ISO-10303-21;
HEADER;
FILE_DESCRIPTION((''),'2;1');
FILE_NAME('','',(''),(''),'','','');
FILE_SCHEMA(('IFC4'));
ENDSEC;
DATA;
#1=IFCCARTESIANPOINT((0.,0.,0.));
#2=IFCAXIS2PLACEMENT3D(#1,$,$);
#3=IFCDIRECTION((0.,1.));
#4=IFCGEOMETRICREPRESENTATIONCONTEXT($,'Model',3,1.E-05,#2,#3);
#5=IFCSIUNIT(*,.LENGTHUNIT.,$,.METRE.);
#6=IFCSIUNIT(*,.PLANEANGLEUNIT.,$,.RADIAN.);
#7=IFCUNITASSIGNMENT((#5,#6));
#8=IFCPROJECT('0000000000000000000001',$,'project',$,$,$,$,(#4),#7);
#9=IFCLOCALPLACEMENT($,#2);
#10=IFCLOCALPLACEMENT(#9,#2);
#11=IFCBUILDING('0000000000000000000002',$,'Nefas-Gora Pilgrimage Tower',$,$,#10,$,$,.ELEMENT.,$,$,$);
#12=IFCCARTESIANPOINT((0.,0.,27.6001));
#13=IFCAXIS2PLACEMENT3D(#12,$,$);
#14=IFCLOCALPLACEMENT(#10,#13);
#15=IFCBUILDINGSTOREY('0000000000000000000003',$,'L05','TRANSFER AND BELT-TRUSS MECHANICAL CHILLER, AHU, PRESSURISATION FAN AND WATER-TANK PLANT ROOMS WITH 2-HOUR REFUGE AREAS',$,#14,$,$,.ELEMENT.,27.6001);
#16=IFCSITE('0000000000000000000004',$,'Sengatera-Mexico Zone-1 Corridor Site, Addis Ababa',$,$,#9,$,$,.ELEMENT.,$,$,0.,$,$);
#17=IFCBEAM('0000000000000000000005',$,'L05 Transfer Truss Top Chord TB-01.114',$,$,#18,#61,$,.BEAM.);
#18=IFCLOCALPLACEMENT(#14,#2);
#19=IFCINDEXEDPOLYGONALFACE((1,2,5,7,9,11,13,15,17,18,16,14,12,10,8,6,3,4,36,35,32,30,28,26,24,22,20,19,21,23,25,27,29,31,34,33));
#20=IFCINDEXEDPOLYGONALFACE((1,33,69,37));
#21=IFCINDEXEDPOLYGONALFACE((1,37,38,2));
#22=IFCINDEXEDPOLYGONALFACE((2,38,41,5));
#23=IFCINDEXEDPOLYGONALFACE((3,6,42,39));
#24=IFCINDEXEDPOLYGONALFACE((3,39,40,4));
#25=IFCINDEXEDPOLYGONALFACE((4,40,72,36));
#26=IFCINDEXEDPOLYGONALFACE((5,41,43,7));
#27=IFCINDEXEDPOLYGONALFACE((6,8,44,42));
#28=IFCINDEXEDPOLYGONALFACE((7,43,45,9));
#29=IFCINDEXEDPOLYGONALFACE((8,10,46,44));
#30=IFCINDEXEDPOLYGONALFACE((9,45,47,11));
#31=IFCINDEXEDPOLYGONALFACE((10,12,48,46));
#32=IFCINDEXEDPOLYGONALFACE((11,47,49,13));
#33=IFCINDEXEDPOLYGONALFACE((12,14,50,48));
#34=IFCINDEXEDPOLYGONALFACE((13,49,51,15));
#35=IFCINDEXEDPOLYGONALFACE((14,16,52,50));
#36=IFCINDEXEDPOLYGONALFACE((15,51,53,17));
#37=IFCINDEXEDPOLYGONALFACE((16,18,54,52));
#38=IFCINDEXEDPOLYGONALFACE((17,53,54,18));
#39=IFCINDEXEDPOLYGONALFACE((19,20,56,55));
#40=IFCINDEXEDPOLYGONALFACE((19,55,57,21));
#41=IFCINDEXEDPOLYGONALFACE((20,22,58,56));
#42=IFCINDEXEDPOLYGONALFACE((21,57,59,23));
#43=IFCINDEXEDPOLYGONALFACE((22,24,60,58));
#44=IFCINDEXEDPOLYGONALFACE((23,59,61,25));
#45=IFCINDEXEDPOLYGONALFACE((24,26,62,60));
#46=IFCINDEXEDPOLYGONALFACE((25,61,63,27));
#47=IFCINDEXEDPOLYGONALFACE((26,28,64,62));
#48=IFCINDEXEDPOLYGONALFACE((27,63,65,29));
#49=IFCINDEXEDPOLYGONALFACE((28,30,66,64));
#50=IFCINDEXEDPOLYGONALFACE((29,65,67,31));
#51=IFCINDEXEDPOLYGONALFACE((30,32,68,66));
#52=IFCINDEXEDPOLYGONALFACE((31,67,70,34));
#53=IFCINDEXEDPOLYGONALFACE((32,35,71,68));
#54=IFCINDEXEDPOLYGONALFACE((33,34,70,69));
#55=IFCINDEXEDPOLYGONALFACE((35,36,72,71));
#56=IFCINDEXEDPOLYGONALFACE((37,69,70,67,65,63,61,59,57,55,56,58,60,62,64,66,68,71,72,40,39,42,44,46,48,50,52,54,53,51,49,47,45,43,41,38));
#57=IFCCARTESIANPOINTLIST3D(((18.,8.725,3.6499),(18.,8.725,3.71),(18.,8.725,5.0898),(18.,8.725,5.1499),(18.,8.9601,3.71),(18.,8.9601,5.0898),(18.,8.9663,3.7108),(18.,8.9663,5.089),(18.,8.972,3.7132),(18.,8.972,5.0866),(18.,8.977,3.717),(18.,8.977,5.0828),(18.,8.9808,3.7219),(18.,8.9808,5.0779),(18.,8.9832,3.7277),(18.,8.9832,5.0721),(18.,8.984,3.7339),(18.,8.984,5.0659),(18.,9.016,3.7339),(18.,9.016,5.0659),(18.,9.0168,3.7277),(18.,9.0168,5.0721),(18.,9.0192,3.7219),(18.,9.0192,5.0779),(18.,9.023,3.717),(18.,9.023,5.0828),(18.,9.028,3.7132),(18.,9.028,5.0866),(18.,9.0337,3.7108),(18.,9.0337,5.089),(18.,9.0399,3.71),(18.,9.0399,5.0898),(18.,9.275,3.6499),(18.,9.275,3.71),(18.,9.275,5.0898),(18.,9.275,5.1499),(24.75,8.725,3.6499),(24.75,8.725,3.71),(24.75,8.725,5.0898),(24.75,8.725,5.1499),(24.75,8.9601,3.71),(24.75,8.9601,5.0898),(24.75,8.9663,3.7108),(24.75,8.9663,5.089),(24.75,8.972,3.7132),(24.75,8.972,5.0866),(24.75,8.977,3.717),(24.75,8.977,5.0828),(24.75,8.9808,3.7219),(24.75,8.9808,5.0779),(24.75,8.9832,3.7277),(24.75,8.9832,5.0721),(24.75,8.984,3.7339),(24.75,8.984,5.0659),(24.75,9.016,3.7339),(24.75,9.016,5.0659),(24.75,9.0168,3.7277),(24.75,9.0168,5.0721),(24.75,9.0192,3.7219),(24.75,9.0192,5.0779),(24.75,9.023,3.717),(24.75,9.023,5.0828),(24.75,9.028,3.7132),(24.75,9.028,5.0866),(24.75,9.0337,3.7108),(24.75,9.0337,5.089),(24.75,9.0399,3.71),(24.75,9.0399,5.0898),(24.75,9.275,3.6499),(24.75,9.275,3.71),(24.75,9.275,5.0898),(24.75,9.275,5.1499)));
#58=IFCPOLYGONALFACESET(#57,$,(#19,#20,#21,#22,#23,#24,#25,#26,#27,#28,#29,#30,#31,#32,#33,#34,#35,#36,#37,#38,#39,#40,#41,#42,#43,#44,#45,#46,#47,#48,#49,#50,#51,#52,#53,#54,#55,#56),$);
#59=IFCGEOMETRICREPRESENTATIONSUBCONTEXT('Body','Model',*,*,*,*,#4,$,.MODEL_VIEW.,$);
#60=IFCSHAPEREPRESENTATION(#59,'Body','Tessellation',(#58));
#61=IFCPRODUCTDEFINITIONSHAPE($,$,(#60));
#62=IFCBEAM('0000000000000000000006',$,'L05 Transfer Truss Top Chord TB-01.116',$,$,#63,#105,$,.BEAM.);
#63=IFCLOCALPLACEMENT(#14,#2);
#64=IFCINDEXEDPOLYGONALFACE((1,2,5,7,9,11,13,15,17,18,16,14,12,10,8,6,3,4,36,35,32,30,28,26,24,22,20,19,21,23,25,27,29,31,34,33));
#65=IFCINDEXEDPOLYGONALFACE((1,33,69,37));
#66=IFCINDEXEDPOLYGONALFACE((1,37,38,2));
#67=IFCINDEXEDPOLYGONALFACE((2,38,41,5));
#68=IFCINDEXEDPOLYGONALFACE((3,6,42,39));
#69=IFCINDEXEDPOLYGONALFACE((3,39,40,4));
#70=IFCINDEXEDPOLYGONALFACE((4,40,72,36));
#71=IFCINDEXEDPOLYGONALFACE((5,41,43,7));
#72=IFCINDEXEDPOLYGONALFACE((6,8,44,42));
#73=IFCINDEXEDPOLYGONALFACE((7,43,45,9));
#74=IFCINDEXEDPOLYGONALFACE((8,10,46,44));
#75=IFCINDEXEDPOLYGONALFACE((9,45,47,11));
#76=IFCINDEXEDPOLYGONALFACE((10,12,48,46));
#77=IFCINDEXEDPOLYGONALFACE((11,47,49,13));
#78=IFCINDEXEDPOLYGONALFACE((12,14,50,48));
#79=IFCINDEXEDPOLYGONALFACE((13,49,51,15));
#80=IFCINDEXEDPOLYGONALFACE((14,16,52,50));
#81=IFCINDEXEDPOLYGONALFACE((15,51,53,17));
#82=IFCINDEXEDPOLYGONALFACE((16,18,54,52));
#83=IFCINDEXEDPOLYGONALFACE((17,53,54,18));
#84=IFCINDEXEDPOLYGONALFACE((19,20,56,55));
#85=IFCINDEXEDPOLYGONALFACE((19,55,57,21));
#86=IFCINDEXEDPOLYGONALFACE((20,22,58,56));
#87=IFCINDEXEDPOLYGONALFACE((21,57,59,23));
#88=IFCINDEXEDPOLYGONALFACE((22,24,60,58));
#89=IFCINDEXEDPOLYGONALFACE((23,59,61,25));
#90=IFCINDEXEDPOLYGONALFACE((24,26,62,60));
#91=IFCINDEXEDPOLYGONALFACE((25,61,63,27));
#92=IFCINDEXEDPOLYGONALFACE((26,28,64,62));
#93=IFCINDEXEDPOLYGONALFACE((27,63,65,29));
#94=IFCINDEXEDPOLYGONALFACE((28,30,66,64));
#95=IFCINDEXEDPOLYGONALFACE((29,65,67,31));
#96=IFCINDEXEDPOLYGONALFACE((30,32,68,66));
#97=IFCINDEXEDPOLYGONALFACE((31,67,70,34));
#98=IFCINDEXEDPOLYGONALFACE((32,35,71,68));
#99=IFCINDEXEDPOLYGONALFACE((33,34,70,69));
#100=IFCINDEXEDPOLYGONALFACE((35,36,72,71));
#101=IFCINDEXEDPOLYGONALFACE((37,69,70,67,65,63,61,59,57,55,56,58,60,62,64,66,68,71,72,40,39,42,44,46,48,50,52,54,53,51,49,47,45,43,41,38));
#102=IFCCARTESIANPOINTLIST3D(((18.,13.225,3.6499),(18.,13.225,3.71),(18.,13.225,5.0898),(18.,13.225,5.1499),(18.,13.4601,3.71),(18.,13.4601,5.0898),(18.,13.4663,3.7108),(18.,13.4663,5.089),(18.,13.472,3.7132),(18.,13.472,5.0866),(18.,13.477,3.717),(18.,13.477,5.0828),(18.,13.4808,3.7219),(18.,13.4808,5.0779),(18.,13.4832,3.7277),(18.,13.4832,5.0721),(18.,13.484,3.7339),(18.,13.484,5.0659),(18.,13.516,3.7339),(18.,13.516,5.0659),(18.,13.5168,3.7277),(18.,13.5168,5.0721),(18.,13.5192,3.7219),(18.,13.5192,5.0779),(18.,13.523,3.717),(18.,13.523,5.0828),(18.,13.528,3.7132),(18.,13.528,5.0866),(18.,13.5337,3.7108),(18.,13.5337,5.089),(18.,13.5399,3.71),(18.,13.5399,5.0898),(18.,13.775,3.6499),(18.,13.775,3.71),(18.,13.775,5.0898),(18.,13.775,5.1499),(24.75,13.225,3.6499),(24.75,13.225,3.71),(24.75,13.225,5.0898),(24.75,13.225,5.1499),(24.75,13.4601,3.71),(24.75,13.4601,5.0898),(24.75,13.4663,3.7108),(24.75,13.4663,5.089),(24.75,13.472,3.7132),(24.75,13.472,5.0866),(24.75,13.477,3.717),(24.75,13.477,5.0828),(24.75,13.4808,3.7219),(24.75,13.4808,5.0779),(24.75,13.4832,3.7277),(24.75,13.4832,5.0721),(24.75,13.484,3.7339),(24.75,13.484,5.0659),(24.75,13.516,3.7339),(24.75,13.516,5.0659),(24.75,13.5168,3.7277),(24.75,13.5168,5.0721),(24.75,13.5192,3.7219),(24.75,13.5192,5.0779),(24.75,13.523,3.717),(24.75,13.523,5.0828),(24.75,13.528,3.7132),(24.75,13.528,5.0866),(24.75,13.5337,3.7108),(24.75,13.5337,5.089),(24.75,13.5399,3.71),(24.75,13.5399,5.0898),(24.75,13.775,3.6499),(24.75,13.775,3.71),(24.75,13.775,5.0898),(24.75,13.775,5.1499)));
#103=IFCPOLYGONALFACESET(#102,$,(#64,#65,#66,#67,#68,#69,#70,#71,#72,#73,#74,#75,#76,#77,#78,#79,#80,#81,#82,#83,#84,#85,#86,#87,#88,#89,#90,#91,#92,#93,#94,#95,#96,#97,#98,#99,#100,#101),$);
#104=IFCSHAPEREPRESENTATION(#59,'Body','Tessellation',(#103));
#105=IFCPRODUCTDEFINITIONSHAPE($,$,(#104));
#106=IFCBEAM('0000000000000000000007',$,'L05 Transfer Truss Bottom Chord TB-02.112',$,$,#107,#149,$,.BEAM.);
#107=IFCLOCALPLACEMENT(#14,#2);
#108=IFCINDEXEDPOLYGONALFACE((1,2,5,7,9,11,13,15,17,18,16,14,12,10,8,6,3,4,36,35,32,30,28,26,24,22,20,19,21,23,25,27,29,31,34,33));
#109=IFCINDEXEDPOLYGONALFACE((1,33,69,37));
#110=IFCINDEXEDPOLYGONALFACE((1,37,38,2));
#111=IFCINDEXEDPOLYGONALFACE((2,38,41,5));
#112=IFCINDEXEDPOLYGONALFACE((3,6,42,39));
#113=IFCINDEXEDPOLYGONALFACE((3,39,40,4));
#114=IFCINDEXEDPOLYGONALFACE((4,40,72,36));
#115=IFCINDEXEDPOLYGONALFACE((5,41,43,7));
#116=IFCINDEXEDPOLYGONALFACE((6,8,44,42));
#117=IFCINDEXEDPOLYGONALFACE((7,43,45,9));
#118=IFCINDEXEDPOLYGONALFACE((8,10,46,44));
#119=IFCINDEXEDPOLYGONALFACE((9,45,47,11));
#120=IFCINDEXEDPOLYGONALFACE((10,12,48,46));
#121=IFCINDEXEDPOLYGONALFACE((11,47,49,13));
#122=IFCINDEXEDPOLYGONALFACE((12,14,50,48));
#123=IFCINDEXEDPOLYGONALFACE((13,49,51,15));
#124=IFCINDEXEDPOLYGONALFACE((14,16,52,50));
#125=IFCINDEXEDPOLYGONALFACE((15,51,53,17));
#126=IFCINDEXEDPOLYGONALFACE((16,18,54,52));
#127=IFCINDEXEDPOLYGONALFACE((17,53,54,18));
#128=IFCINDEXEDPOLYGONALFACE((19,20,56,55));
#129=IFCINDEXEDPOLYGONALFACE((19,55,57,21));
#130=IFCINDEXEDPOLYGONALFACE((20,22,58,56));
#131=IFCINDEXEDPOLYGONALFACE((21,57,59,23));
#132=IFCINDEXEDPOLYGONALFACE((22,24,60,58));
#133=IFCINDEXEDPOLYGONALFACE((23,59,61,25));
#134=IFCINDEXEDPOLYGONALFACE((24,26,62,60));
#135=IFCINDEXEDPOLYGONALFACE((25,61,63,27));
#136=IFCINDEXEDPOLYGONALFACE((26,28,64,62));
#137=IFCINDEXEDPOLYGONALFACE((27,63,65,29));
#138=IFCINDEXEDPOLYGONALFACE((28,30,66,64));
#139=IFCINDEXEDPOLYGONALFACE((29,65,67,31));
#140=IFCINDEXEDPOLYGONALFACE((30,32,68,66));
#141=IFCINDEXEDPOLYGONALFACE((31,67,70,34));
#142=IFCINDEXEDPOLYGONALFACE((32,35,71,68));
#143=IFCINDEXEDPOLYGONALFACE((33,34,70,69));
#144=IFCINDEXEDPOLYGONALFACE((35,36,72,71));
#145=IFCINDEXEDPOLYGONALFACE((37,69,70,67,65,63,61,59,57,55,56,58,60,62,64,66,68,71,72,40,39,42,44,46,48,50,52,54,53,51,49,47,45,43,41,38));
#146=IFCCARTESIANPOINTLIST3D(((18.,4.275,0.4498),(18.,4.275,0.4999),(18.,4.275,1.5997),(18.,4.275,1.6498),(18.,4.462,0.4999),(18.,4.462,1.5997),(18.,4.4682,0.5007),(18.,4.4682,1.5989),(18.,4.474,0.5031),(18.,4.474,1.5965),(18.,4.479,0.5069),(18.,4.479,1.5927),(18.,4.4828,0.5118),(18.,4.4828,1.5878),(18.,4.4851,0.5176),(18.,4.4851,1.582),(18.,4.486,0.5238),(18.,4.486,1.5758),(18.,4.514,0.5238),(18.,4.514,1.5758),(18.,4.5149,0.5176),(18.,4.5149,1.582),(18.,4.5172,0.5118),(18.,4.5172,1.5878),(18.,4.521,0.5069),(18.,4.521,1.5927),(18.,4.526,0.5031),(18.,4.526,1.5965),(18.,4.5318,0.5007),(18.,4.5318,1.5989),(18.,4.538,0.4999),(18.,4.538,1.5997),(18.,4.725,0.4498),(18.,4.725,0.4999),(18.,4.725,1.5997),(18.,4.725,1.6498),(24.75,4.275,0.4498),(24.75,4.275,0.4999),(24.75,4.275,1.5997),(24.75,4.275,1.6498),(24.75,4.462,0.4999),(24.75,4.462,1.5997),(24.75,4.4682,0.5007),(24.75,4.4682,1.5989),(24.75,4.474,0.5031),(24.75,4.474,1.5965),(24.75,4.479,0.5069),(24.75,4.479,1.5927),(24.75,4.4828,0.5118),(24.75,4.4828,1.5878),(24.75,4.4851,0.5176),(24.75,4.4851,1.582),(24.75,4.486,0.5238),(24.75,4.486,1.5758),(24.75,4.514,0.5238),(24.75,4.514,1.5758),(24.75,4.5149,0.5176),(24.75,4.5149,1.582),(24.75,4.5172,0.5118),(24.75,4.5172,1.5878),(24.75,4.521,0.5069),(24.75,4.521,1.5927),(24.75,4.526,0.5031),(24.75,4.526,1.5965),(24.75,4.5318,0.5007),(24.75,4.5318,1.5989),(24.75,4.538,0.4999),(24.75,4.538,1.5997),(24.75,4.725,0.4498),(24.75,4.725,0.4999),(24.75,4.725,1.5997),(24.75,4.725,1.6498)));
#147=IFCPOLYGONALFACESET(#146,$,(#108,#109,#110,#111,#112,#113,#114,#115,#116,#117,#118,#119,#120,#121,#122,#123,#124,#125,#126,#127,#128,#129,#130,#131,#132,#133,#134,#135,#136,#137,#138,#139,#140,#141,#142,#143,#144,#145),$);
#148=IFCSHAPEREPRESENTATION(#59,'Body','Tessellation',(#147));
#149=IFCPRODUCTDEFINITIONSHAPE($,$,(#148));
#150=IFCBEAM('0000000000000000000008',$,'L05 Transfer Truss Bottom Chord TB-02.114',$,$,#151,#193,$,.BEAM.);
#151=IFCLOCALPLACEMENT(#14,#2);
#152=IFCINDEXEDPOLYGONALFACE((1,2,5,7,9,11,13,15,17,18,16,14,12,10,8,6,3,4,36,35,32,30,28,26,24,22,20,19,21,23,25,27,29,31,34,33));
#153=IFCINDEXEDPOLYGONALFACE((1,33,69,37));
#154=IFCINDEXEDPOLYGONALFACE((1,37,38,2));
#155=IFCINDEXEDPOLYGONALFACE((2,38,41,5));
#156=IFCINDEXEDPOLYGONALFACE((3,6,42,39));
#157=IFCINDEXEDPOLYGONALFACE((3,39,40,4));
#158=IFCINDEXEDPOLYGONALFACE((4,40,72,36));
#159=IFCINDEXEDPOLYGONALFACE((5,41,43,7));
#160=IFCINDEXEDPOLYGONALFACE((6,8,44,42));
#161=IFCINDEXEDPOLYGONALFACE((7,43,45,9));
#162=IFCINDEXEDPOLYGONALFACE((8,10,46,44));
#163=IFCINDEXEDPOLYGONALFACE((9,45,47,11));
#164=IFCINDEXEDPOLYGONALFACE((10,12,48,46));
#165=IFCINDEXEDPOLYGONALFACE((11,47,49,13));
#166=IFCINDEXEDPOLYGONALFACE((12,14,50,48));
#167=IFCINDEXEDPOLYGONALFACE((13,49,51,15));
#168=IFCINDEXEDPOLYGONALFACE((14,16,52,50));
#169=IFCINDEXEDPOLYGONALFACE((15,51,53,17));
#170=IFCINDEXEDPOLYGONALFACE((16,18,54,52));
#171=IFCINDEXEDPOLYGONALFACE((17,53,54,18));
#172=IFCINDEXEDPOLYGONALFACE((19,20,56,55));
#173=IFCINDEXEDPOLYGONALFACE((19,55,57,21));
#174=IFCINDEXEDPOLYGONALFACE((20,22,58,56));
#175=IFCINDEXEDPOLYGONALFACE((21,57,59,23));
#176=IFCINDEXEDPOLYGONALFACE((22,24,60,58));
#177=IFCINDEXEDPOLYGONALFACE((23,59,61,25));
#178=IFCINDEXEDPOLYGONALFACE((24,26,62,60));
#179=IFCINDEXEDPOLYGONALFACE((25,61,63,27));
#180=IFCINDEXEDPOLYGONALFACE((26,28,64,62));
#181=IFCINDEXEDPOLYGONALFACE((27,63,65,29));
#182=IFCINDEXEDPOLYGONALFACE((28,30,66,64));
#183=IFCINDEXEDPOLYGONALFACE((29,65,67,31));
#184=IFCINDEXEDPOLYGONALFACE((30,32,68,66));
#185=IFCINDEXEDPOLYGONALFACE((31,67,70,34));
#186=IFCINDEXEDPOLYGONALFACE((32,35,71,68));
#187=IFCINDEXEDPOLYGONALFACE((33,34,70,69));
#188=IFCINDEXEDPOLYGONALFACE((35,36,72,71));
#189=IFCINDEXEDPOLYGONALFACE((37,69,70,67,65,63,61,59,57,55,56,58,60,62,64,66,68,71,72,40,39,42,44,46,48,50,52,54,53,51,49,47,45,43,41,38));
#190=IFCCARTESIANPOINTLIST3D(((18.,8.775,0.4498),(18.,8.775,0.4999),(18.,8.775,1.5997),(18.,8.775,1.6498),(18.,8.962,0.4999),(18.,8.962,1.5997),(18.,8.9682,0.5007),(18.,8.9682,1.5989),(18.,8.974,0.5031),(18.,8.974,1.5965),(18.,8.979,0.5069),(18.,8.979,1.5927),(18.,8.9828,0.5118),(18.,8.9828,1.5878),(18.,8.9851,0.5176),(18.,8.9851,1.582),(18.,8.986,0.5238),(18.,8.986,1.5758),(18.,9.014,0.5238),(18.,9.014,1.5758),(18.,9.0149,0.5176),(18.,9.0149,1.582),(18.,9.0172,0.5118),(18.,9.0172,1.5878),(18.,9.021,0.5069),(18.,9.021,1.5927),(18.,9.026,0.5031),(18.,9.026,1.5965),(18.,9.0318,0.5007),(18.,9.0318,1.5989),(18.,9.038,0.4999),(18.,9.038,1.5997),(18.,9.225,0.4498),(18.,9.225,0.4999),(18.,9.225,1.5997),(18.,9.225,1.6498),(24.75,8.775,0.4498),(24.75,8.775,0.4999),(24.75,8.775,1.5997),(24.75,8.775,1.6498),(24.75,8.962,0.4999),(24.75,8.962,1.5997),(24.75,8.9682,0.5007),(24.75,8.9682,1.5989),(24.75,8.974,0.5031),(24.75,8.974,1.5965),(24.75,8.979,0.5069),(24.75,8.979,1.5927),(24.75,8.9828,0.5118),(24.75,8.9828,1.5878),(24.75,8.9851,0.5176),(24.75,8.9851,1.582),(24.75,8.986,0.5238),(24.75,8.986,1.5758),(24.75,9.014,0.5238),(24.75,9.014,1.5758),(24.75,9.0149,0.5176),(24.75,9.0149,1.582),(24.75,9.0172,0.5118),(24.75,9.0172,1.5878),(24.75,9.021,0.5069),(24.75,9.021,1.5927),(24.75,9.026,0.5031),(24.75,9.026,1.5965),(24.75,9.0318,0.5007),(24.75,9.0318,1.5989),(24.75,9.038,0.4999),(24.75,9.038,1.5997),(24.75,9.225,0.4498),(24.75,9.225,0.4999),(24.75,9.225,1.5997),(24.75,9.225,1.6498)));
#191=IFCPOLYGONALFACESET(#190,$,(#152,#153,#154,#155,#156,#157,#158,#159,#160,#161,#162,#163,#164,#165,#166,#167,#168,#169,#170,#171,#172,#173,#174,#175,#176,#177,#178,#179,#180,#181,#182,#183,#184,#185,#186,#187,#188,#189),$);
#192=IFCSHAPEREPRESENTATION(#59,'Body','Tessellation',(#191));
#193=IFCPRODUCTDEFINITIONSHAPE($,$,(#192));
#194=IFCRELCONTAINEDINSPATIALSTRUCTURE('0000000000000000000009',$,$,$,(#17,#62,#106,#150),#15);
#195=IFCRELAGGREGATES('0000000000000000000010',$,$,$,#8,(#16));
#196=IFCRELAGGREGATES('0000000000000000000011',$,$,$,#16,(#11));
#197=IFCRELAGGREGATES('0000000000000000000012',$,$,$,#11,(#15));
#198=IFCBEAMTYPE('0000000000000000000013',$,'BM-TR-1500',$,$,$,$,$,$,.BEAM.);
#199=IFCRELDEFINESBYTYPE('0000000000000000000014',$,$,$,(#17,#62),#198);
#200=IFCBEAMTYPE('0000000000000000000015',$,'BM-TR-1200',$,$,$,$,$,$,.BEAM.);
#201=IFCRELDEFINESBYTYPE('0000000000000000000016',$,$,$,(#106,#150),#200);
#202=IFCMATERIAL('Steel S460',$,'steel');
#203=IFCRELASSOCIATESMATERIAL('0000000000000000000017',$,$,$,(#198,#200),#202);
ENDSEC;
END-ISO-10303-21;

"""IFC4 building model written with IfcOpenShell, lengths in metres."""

from ifc_helpers import new_model, si_unit, direction, frame, origin, origin_2d, place, context, subcontext, project, spatial, i_section, extrude, source, transform, mapped, material, material_profile, profile_set, type_object, element, save


model = new_model("IFC4")

# Units and contexts
model_context = context("Model", 3, precision=1e-05, world=origin(), true_north=direction((0.0, 1.0)))
body_context = subcontext(model_context, "Body", "Model", "MODEL_VIEW")
ifc_project = project(units=[si_unit("LENGTHUNIT", "METRE"), si_unit("PLANEANGLEUNIT", "RADIAN")], contexts=[model_context])

# Site, building, storey
site_placement = place(None, origin())
site = spatial("IfcSite", under=ifc_project, at=site_placement, Name="Sengatera-Mexico Zone-1 Corridor Site, Addis Ababa", CompositionType="ELEMENT", RefElevation=0.0)
building_placement = place(site_placement, origin())
building = spatial("IfcBuilding", under=site, at=building_placement, Name="Nefas-Gora Pilgrimage Tower", CompositionType="ELEMENT")
storey_placement = place(building_placement, frame((0.0, 0.0, 27.6001)))
storey = spatial("IfcBuildingStorey", under=building, at=storey_placement, Name="L05", Description="TRANSFER AND BELT-TRUSS MECHANICAL CHILLER, AHU, PRESSURISATION FAN AND WATER-TANK PLANT ROOMS WITH 2-HOUR REFUGE AREAS", CompositionType="ELEMENT", Elevation=27.6001)

# Shared definitions
ifc_material = material(Name="Steel S460", Category="steel")

# Shared definitions
ifc_material_profile_1 = material_profile(ifc_material, i_section(OverallWidth=0.55, OverallDepth=1.5, WebThickness=0.032, FlangeThickness=0.0601, FilletRadius=0.0239, at=origin_2d()), Name="WPG 1500x550x32x60")
ifc_profile_set_1 = profile_set([ifc_material_profile_1], Name="Steel S460")
beam_type_1 = type_object("IfcBeamType", Name="BM-TR-1500", PredefinedType="BEAM", material=ifc_profile_set_1)
ifc_material_profile_2 = material_profile(ifc_material, i_section(OverallWidth=0.45, OverallDepth=1.2, WebThickness=0.0281, FlangeThickness=0.05, FilletRadius=0.0239, at=origin_2d()), Name="WPG 1200x450x28x50")
ifc_profile_set_2 = profile_set([ifc_material_profile_2], Name="Steel S460")
beam_type_2 = type_object("IfcBeamType", Name="BM-TR-1200", PredefinedType="BEAM", material=ifc_profile_set_2)

# Beams
shared_shape_1 = source(origin(), body_context, "Body", "SweptSolid", [
    extrude(i_section(OverallWidth=0.55, OverallDepth=1.5, WebThickness=0.032, FlangeThickness=0.0601, FilletRadius=0.0239, at=origin_2d()), origin(), (0.0, 0.0, 1.0), 6.75),
])
for number, where, z_axis, x_axis, name in (
    (1, (18.0, 9.0, 4.3999), (1.0, 0.0, 0.0), (0.0, 1.0, 0.0), "L05 Transfer Truss Top Chord TB-01.114"),
    (2, (18.0, 13.5, 4.3999), (1.0, 0.0, 0.0), (0.0, 1.0, 0.0), "L05 Transfer Truss Top Chord TB-01.116"),
):
    element("IfcBeam", number, at=place(storey_placement, frame(where, z_axis=z_axis, x_axis=x_axis)), inside=storey, type_object=beam_type_1, Name=name, PredefinedType="BEAM", context=body_context, shape_type="MappedRepresentation", body=[
        mapped(shared_shape_1, transform((0.0, 0.0, 0.0), x_axis=(1.0, 0.0, 0.0), y_axis=(0.0, 1.0, 0.0), z_axis=(0.0, 0.0, 1.0), scale=1.0)),
    ])
shared_shape_2 = source(origin(), body_context, "Body", "SweptSolid", [
    extrude(i_section(OverallWidth=0.45, OverallDepth=1.2, WebThickness=0.0281, FlangeThickness=0.05, FilletRadius=0.0239, at=origin_2d()), origin(), (0.0, 0.0, 1.0), 6.75),
])
for number, where, z_axis, x_axis, name in (
    (3, (18.0, 4.5, 1.0498), (1.0, 0.0, 0.0), (0.0, 1.0, 0.0), "L05 Transfer Truss Bottom Chord TB-02.112"),
    (4, (18.0, 9.0, 1.0498), (1.0, 0.0, 0.0), (0.0, 1.0, 0.0), "L05 Transfer Truss Bottom Chord TB-02.114"),
):
    element("IfcBeam", number, at=place(storey_placement, frame(where, z_axis=z_axis, x_axis=x_axis)), inside=storey, type_object=beam_type_2, Name=name, PredefinedType="BEAM", context=body_context, shape_type="MappedRepresentation", body=[
        mapped(shared_shape_2, transform((0.0, 0.0, 0.0), x_axis=(1.0, 0.0, 0.0), y_axis=(0.0, 1.0, 0.0), z_axis=(0.0, 0.0, 1.0), scale=1.0)),
    ])

save(model, "model.ifc")
